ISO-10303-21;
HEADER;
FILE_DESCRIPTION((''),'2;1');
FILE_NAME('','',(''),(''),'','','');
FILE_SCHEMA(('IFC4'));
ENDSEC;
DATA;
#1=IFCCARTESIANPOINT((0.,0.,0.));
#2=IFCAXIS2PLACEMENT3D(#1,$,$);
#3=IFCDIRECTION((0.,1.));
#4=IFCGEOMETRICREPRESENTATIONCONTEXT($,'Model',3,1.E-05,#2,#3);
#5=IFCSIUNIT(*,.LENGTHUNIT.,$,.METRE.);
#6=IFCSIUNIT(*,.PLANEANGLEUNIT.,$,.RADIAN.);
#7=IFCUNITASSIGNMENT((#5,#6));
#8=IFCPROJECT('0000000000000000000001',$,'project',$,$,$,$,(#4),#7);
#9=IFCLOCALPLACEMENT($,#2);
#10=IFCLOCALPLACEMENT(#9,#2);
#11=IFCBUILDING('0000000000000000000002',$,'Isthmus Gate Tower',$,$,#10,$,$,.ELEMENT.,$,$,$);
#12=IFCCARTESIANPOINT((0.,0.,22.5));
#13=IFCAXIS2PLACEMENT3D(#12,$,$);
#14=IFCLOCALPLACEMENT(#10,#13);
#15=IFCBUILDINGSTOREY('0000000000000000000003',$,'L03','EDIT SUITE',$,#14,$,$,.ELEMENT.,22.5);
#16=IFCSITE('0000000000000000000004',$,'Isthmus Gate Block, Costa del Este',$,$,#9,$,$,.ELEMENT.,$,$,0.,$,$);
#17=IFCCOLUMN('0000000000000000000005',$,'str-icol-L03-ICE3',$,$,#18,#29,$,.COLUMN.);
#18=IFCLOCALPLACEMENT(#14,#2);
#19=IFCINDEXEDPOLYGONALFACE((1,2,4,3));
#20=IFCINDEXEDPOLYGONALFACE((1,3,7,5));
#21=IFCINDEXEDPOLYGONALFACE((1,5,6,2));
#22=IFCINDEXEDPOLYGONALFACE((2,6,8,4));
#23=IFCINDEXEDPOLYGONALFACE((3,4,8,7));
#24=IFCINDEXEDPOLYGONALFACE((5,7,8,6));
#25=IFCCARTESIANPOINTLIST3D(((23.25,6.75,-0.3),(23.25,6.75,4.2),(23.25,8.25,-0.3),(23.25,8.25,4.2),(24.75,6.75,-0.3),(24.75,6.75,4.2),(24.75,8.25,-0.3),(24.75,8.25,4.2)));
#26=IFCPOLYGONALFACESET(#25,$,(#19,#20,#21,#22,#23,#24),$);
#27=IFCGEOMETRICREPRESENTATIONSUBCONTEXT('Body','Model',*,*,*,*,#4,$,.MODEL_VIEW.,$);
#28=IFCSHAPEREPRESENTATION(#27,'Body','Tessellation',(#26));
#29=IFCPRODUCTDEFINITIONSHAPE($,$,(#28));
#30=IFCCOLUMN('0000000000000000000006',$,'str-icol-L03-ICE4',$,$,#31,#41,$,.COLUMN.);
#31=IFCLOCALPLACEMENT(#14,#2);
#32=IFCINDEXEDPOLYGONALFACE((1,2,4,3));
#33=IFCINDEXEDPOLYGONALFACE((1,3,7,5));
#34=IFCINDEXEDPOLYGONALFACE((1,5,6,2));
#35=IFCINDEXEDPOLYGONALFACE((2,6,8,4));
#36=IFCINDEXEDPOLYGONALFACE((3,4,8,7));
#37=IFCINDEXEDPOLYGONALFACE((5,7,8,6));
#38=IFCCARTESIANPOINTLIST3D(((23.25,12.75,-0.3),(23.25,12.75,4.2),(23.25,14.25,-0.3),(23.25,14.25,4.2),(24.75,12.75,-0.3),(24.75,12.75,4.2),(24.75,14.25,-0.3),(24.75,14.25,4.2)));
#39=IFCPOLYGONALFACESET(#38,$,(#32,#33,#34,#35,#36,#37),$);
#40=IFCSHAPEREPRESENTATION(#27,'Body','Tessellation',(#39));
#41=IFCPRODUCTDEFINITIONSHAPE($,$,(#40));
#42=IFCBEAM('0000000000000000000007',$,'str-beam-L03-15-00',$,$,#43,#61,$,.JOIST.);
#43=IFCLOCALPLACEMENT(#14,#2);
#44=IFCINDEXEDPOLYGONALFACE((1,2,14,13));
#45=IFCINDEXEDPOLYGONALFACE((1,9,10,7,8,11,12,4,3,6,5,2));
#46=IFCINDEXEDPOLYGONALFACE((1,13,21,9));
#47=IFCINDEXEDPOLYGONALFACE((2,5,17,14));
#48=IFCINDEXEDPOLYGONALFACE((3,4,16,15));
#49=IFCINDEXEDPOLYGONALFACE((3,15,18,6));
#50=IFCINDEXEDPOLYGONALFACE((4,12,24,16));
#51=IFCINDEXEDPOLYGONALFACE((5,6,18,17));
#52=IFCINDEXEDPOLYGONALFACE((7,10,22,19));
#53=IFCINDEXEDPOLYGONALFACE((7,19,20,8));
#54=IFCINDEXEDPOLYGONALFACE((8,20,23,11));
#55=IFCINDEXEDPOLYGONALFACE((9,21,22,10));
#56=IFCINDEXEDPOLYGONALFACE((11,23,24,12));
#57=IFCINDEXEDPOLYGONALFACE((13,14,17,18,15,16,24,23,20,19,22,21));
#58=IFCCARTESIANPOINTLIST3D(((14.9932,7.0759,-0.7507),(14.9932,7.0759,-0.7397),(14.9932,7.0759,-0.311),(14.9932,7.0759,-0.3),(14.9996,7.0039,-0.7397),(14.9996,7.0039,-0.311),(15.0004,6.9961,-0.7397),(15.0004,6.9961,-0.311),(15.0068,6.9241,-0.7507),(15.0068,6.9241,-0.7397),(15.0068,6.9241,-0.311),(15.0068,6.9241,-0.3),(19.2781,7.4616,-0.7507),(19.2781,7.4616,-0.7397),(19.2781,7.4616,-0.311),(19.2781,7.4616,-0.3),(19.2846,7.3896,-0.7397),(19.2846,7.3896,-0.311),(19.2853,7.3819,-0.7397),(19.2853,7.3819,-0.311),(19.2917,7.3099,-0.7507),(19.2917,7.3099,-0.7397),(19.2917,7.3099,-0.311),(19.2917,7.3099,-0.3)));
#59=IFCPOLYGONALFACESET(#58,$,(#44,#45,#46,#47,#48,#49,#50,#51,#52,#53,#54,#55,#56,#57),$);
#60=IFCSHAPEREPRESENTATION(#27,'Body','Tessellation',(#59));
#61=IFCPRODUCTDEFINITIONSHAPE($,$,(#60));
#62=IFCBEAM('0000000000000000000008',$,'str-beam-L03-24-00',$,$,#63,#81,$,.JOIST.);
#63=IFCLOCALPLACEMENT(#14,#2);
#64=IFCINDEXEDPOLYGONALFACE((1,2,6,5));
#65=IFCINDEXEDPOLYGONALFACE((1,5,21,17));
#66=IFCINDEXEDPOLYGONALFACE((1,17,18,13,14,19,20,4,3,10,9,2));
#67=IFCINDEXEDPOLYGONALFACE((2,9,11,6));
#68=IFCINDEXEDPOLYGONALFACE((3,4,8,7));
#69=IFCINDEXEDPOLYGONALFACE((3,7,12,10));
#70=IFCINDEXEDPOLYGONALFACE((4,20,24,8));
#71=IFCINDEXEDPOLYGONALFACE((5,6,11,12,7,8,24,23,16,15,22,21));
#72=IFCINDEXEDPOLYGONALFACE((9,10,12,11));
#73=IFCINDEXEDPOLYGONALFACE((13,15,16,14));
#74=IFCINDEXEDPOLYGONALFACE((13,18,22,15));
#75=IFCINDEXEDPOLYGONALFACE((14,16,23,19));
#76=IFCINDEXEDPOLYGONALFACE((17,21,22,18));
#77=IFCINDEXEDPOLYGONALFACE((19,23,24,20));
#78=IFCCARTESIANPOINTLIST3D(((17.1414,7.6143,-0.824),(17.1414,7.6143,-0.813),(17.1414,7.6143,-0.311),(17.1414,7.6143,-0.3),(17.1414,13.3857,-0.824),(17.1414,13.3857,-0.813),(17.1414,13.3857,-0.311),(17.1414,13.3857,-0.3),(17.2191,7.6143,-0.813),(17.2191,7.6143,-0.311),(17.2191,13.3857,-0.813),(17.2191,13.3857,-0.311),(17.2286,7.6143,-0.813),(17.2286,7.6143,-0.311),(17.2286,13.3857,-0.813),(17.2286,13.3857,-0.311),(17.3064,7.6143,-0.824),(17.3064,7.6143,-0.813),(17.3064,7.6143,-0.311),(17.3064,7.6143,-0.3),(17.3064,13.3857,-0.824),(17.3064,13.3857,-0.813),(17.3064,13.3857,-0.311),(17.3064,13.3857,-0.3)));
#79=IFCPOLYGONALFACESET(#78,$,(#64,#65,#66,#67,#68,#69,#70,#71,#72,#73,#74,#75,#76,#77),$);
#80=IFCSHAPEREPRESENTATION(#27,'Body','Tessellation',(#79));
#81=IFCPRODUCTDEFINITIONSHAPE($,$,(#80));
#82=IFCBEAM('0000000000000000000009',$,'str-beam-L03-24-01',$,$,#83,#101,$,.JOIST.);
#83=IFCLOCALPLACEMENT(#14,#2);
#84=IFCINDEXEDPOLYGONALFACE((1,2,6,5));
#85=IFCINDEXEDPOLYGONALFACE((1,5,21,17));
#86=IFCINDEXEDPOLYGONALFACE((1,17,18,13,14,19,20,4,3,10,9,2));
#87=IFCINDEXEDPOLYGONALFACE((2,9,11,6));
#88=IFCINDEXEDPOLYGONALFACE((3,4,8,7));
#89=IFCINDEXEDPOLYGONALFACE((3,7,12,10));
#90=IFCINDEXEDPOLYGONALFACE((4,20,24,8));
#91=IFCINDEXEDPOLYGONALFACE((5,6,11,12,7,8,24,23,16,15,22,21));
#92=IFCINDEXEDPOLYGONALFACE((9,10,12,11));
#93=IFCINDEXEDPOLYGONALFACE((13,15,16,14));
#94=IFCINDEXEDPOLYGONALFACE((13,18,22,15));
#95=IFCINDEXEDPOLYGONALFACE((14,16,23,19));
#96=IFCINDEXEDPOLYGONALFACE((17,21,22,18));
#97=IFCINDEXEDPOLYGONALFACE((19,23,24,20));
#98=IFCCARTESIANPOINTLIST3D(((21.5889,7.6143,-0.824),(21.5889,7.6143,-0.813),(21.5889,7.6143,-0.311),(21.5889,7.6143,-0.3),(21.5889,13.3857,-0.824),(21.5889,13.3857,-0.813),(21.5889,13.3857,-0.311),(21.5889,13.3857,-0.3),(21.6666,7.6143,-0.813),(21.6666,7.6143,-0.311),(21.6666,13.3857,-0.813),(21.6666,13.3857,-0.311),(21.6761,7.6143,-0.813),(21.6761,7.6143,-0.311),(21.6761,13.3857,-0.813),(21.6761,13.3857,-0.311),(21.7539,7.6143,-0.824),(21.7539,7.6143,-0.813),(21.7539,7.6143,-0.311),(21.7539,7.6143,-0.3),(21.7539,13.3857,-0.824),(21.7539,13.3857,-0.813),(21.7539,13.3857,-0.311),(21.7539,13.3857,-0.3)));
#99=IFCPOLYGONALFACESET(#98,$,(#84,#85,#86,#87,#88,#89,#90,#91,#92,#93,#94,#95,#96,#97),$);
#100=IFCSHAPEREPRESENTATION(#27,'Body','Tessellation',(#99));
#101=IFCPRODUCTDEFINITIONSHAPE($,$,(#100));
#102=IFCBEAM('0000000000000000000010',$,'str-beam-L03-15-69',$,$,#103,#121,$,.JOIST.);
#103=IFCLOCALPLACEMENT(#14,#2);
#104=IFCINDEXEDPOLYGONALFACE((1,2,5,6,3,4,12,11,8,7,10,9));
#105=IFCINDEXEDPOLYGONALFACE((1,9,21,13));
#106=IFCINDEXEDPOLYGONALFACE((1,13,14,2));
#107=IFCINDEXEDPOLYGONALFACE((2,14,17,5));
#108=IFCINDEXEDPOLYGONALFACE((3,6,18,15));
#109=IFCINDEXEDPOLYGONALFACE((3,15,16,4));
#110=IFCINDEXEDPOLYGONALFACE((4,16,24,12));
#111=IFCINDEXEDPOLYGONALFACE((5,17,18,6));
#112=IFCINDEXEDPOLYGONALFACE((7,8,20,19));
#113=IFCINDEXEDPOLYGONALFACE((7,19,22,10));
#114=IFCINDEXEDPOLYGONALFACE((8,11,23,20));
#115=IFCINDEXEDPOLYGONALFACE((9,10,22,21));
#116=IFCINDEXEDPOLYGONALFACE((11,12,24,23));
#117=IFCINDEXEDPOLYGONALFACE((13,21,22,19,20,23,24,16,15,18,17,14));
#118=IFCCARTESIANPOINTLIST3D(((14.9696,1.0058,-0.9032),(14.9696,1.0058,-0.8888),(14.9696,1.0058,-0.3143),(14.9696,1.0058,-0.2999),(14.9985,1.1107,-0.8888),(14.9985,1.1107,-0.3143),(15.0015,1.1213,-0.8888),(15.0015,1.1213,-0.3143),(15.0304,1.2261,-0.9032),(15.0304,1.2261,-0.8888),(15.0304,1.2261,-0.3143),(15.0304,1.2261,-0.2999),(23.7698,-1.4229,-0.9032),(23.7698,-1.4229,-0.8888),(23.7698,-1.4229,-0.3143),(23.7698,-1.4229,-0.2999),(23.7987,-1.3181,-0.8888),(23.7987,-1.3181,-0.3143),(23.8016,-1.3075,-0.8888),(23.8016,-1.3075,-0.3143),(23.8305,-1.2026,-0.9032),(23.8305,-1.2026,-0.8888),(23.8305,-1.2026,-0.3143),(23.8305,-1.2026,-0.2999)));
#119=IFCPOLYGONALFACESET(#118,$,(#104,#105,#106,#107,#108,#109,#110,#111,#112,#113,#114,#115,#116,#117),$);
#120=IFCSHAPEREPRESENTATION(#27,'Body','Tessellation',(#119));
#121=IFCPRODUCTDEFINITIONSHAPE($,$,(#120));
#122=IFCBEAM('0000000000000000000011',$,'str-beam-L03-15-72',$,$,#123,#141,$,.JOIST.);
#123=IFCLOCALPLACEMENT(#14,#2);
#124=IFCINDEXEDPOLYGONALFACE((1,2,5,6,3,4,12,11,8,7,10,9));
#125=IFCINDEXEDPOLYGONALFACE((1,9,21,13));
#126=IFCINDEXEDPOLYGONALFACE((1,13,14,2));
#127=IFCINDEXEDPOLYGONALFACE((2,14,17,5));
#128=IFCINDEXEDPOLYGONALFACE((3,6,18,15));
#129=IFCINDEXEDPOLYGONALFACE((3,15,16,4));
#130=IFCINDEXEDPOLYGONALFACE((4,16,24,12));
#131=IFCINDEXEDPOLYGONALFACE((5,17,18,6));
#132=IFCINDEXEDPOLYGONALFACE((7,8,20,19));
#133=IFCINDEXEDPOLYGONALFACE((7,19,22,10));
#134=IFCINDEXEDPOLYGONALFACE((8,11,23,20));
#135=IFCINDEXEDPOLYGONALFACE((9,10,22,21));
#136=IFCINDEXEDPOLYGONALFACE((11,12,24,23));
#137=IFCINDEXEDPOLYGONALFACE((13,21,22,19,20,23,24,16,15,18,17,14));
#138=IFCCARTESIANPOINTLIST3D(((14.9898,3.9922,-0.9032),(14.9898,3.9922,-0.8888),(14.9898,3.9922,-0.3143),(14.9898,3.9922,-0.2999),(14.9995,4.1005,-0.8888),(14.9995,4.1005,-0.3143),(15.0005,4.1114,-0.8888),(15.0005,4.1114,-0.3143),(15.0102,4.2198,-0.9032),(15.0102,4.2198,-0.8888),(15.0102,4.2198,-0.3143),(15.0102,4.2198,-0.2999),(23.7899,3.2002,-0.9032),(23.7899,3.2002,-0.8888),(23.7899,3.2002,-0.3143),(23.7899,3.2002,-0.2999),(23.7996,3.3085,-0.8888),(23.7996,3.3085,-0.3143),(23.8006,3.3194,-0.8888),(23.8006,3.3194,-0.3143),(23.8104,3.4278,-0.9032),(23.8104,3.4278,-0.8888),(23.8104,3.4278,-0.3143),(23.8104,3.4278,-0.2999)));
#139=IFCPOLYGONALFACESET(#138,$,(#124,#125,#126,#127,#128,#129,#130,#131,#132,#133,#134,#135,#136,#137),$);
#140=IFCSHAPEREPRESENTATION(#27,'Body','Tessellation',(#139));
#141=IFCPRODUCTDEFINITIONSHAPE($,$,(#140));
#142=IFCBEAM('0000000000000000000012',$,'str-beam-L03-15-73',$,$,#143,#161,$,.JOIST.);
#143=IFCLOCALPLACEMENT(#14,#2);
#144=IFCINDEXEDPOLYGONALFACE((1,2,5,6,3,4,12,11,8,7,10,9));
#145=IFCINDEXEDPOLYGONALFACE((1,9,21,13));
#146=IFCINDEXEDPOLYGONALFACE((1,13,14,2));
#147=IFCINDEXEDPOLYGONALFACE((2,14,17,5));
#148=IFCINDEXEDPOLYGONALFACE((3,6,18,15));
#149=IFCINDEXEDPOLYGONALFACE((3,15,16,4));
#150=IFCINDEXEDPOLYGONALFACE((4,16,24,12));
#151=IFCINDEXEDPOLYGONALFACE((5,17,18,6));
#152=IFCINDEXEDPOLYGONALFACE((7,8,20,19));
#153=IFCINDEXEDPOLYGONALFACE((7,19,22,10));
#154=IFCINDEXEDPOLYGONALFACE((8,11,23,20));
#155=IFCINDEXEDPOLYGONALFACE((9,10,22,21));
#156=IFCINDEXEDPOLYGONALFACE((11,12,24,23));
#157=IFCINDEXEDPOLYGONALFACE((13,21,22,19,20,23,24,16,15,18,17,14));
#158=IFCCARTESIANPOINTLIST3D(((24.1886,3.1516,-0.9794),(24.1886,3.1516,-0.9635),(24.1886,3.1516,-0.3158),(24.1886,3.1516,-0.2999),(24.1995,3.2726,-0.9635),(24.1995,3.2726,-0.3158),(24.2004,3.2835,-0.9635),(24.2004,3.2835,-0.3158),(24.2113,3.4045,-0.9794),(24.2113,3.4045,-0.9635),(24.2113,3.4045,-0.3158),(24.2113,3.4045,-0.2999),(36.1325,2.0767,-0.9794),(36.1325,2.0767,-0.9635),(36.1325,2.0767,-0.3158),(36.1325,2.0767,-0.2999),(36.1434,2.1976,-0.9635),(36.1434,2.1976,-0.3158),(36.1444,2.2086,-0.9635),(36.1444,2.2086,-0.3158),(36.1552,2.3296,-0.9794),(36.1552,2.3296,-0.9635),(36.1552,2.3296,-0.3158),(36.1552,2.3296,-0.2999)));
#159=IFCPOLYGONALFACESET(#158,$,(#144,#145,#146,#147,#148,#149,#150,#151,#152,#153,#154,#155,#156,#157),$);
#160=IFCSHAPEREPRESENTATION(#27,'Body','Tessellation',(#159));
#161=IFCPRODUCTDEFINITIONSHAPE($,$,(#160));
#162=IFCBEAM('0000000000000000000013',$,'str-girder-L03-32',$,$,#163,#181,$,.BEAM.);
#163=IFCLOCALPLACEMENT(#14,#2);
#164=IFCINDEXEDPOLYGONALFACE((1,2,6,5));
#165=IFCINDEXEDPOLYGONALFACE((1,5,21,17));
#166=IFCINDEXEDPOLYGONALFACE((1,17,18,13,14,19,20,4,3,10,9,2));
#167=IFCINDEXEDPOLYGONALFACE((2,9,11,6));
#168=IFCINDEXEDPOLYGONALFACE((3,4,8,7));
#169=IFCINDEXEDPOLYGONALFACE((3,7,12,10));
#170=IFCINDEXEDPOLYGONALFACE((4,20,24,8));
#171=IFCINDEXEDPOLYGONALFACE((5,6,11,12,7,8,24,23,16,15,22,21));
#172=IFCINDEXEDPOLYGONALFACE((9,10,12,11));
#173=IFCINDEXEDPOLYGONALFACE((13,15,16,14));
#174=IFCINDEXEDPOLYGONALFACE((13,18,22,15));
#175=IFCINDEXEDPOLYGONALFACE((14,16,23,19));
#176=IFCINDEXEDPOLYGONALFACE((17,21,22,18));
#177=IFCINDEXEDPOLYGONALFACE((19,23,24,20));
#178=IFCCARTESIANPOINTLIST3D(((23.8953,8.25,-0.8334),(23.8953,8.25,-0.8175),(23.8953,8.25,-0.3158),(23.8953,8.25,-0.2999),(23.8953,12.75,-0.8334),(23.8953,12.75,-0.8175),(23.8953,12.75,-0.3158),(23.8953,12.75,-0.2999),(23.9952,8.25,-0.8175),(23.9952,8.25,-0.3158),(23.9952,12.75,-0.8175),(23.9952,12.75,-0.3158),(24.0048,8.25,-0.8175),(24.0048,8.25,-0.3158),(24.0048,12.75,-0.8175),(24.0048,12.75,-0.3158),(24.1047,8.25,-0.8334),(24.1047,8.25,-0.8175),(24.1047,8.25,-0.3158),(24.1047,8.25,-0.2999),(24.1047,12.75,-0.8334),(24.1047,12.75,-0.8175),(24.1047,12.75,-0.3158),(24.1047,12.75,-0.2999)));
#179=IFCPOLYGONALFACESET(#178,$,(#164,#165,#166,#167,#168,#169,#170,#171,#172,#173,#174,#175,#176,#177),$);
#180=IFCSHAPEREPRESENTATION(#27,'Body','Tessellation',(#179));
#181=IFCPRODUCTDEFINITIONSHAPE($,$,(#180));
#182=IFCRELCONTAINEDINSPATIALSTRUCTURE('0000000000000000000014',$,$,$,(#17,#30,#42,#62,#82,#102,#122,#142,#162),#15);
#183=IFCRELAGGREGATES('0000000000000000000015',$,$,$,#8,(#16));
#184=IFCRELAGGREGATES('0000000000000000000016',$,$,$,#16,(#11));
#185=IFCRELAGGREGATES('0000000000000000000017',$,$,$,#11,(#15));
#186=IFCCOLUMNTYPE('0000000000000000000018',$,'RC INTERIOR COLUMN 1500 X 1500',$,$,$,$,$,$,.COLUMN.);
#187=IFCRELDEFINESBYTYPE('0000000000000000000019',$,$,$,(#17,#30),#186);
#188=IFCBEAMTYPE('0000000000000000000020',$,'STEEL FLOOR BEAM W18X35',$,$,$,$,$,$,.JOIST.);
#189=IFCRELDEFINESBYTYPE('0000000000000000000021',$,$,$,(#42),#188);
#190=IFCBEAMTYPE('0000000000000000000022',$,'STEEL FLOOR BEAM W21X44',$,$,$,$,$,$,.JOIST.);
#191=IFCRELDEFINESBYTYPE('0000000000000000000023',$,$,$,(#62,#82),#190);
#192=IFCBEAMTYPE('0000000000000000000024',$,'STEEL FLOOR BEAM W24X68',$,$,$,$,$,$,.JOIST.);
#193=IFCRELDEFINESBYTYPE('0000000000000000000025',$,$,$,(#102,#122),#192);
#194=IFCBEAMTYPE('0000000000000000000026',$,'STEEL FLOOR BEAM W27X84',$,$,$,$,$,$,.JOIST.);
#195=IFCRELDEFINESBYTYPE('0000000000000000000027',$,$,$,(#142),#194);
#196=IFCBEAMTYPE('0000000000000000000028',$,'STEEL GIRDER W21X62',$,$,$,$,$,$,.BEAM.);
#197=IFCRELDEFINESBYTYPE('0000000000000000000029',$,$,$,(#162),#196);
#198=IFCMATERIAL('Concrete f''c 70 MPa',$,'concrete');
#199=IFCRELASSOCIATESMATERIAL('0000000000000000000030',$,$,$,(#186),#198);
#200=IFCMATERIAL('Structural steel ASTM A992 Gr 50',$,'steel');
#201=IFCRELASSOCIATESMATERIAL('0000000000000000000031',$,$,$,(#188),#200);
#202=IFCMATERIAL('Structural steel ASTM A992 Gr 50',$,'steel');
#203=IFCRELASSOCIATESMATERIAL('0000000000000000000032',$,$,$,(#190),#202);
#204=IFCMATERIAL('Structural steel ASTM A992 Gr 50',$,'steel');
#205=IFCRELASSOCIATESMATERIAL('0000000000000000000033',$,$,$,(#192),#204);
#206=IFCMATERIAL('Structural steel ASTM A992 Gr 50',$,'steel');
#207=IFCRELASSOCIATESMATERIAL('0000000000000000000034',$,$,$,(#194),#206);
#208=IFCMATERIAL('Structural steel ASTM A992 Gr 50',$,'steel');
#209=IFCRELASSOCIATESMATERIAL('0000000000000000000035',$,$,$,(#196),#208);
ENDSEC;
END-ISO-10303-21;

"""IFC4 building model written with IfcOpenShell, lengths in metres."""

from ifc_helpers import new_model, si_unit, direction, frame, origin, origin_2d, place, context, subcontext, project, spatial, rectangle, i_section, extrude, material, material_profile, profile_set, type_object, element, save


model = new_model("IFC4")

# Units and contexts
model_context = context("Model", 3, precision=1e-05, world=origin(), true_north=direction((0.0, 1.0)))
body_context = subcontext(model_context, "Body", "Model", "MODEL_VIEW")
ifc_project = project(units=[si_unit("LENGTHUNIT", "METRE"), si_unit("PLANEANGLEUNIT", "RADIAN")], contexts=[model_context])

# Site, building, storey
site_placement = place(None, origin())
site = spatial("IfcSite", under=ifc_project, at=site_placement, Name="Isthmus Gate Block, Costa del Este", CompositionType="ELEMENT", RefElevation=0.0)
building_placement = place(site_placement, origin())
building = spatial("IfcBuilding", under=site, at=building_placement, Name="Isthmus Gate Tower", CompositionType="ELEMENT")
storey_placement = place(building_placement, frame((0.0, 0.0, 22.5)))
storey = spatial("IfcBuildingStorey", under=building, at=storey_placement, Name="L03", Description="EDIT SUITE", CompositionType="ELEMENT", Elevation=22.5)

# Columns
ifc_material_1 = material(Name="Concrete f'c 70 MPa", Category="concrete")
ifc_material_profile_1 = material_profile(ifc_material_1, rectangle(XDim=1.5, YDim=1.5, at=origin_2d()), Name="RC 1500X1500")
ifc_profile_set_1 = profile_set([ifc_material_profile_1], Name="Concrete f'c 70 MPa")
column_type = type_object("IfcColumnType", Name="RC INTERIOR COLUMN 1500 X 1500", PredefinedType="COLUMN", material=ifc_profile_set_1)
for number, where, z_axis, x_axis, name in (
    (1, (24.0, 7.5, -0.3), (0.0, 0.0, 1.0), (1.0, 0.0, 0.0), "str-icol-L03-ICE3"),
    (2, (24.0, 13.5, -0.3), (0.0, 0.0, 1.0), (1.0, 0.0, 0.0), "str-icol-L03-ICE4"),
):
    element("IfcColumn", number, at=place(storey_placement, frame(where, z_axis=z_axis, x_axis=x_axis)), inside=storey, type_object=column_type, Name=name, PredefinedType="COLUMN", context=body_context, shape_type="SweptSolid", body=[
        extrude(rectangle(XDim=1.5, YDim=1.5, at=origin_2d()), origin(), (0.0, 0.0, 1.0), 4.5),
    ])

# Beams
ifc_material_2 = material(Name="Structural steel ASTM A992 Gr 50", Category="steel")
ifc_material_profile_2 = material_profile(ifc_material_2, i_section(OverallWidth=0.1523, OverallDepth=0.4507, WebThickness=0.0078, FlangeThickness=0.011, at=origin_2d()), Name="W18X35")
ifc_profile_set_2 = profile_set([ifc_material_profile_2], Name="Structural steel ASTM A992 Gr 50")
beam_type_1 = type_object("IfcBeamType", Name="STEEL FLOOR BEAM W18X35", PredefinedType="JOIST", material=ifc_profile_set_2)
beam_1_placement = place(storey_placement, frame((15.0, 7.0, -0.5254), z_axis=(0.995972, 0.089661, 0.0), x_axis=(-0.089661, 0.995972, 0.0)))
element("IfcBeam", 3, at=beam_1_placement, inside=storey, type_object=beam_type_1, Name="str-beam-L03-15-00", PredefinedType="JOIST", context=body_context, shape_type="SweptSolid", body=[
    extrude(i_section(OverallWidth=0.1523, OverallDepth=0.4507, WebThickness=0.0078, FlangeThickness=0.011, at=origin_2d()), origin(), (0.0, 0.0, 1.0), 4.3022),
])
ifc_material_3 = material(Name="Structural steel ASTM A992 Gr 50", Category="steel")
ifc_material_profile_3 = material_profile(ifc_material_3, i_section(OverallWidth=0.165, OverallDepth=0.5239, WebThickness=0.0095, FlangeThickness=0.011, at=origin_2d()), Name="W21X44")
ifc_profile_set_3 = profile_set([ifc_material_profile_3], Name="Structural steel ASTM A992 Gr 50")
beam_type_2 = type_object("IfcBeamType", Name="STEEL FLOOR BEAM W21X44", PredefinedType="JOIST", material=ifc_profile_set_3)
for number, where, z_axis, x_axis, name in (
    (4, (17.2239, 7.6143, -0.562), (0.0, 1.0, 0.0), (-1.0, 0.0, 0.0), "str-beam-L03-24-00"),
    (5, (21.6714, 7.6143, -0.562), (0.0, 1.0, 0.0), (-1.0, 0.0, 0.0), "str-beam-L03-24-01"),
):
    element("IfcBeam", number, at=place(storey_placement, frame(where, z_axis=z_axis, x_axis=x_axis)), inside=storey, type_object=beam_type_2, Name=name, PredefinedType="JOIST", context=body_context, shape_type="SweptSolid", body=[
        extrude(i_section(OverallWidth=0.165, OverallDepth=0.5239, WebThickness=0.0095, FlangeThickness=0.011, at=origin_2d()), origin(), (0.0, 0.0, 1.0), 5.7715),
    ])
ifc_material_4 = material(Name="Structural steel ASTM A992 Gr 50", Category="steel")
ifc_material_profile_4 = material_profile(ifc_material_4, i_section(OverallWidth=0.2285, OverallDepth=0.6033, WebThickness=0.011, FlangeThickness=0.0144, at=origin_2d()), Name="W24X68")
ifc_profile_set_4 = profile_set([ifc_material_profile_4], Name="Structural steel ASTM A992 Gr 50")
beam_type_3 = type_object("IfcBeamType", Name="STEEL FLOOR BEAM W24X68", PredefinedType="JOIST", material=ifc_profile_set_4)
beam_2_placement = place(storey_placement, frame((15.0, 1.116, -0.6016), z_axis=(0.963961, -0.266042, 0.0), x_axis=(0.266042, 0.963961, 0.0)))
element("IfcBeam", 6, at=beam_2_placement, inside=storey, type_object=beam_type_3, Name="str-beam-L03-15-69", PredefinedType="JOIST", context=body_context, shape_type="SweptSolid", body=[
    extrude(i_section(OverallWidth=0.2285, OverallDepth=0.6033, WebThickness=0.011, FlangeThickness=0.0144, at=origin_2d()), origin(), (0.0, 0.0, 1.0), 9.1292),
])
beam_3_placement = place(storey_placement, frame((15.0, 4.106, -0.6016), z_axis=(0.995975, -0.089636, 0.0), x_axis=(0.089636, 0.995975, 0.0)))
element("IfcBeam", 7, at=beam_3_placement, inside=storey, type_object=beam_type_3, Name="str-beam-L03-15-72", PredefinedType="JOIST", context=body_context, shape_type="SweptSolid", body=[
    extrude(i_section(OverallWidth=0.2285, OverallDepth=0.6033, WebThickness=0.011, FlangeThickness=0.0144, at=origin_2d()), origin(), (0.0, 0.0, 1.0), 8.8357),
])
ifc_material_5 = material(Name="Structural steel ASTM A992 Gr 50", Category="steel")
ifc_material_profile_5 = material_profile(ifc_material_5, i_section(OverallWidth=0.2539, OverallDepth=0.6794, WebThickness=0.011, FlangeThickness=0.0159, at=origin_2d()), Name="W27X84")
ifc_profile_set_5 = profile_set([ifc_material_profile_5], Name="Structural steel ASTM A992 Gr 50")
beam_type_4 = type_object("IfcBeamType", Name="STEEL FLOOR BEAM W27X84", PredefinedType="JOIST", material=ifc_profile_set_5)
beam_4_placement = place(storey_placement, frame((24.2, 3.2781, -0.6396), z_axis=(0.995974, -0.089638, 0.0), x_axis=(0.089638, 0.995974, 0.0)))
element("IfcBeam", 8, at=beam_4_placement, inside=storey, type_object=beam_type_4, Name="str-beam-L03-15-73", PredefinedType="JOIST", context=body_context, shape_type="SweptSolid", body=[
    extrude(i_section(OverallWidth=0.2539, OverallDepth=0.6794, WebThickness=0.011, FlangeThickness=0.0159, at=origin_2d()), origin(), (0.0, 0.0, 1.0), 11.9922),
])
ifc_material_6 = material(Name="Structural steel ASTM A992 Gr 50", Category="steel")
ifc_material_profile_6 = material_profile(ifc_material_6, i_section(OverallWidth=0.2095, OverallDepth=0.5334, WebThickness=0.0095, FlangeThickness=0.0159, at=origin_2d()), Name="W21X62")
ifc_profile_set_6 = profile_set([ifc_material_profile_6], Name="Structural steel ASTM A992 Gr 50")
beam_type_5 = type_object("IfcBeamType", Name="STEEL GIRDER W21X62", PredefinedType="BEAM", material=ifc_profile_set_6)
beam_5_placement = place(storey_placement, frame((24.0, 8.25, -0.5667), z_axis=(0.0, 1.0, 0.0), x_axis=(-1.0, 0.0, 0.0)))
element("IfcBeam", 9, at=beam_5_placement, inside=storey, type_object=beam_type_5, Name="str-girder-L03-32", PredefinedType="BEAM", context=body_context, shape_type="SweptSolid", body=[
    extrude(i_section(OverallWidth=0.2095, OverallDepth=0.5334, WebThickness=0.0095, FlangeThickness=0.0159, at=origin_2d()), origin(), (0.0, 0.0, 1.0), 4.5),
])

save(model, "model.ifc")
